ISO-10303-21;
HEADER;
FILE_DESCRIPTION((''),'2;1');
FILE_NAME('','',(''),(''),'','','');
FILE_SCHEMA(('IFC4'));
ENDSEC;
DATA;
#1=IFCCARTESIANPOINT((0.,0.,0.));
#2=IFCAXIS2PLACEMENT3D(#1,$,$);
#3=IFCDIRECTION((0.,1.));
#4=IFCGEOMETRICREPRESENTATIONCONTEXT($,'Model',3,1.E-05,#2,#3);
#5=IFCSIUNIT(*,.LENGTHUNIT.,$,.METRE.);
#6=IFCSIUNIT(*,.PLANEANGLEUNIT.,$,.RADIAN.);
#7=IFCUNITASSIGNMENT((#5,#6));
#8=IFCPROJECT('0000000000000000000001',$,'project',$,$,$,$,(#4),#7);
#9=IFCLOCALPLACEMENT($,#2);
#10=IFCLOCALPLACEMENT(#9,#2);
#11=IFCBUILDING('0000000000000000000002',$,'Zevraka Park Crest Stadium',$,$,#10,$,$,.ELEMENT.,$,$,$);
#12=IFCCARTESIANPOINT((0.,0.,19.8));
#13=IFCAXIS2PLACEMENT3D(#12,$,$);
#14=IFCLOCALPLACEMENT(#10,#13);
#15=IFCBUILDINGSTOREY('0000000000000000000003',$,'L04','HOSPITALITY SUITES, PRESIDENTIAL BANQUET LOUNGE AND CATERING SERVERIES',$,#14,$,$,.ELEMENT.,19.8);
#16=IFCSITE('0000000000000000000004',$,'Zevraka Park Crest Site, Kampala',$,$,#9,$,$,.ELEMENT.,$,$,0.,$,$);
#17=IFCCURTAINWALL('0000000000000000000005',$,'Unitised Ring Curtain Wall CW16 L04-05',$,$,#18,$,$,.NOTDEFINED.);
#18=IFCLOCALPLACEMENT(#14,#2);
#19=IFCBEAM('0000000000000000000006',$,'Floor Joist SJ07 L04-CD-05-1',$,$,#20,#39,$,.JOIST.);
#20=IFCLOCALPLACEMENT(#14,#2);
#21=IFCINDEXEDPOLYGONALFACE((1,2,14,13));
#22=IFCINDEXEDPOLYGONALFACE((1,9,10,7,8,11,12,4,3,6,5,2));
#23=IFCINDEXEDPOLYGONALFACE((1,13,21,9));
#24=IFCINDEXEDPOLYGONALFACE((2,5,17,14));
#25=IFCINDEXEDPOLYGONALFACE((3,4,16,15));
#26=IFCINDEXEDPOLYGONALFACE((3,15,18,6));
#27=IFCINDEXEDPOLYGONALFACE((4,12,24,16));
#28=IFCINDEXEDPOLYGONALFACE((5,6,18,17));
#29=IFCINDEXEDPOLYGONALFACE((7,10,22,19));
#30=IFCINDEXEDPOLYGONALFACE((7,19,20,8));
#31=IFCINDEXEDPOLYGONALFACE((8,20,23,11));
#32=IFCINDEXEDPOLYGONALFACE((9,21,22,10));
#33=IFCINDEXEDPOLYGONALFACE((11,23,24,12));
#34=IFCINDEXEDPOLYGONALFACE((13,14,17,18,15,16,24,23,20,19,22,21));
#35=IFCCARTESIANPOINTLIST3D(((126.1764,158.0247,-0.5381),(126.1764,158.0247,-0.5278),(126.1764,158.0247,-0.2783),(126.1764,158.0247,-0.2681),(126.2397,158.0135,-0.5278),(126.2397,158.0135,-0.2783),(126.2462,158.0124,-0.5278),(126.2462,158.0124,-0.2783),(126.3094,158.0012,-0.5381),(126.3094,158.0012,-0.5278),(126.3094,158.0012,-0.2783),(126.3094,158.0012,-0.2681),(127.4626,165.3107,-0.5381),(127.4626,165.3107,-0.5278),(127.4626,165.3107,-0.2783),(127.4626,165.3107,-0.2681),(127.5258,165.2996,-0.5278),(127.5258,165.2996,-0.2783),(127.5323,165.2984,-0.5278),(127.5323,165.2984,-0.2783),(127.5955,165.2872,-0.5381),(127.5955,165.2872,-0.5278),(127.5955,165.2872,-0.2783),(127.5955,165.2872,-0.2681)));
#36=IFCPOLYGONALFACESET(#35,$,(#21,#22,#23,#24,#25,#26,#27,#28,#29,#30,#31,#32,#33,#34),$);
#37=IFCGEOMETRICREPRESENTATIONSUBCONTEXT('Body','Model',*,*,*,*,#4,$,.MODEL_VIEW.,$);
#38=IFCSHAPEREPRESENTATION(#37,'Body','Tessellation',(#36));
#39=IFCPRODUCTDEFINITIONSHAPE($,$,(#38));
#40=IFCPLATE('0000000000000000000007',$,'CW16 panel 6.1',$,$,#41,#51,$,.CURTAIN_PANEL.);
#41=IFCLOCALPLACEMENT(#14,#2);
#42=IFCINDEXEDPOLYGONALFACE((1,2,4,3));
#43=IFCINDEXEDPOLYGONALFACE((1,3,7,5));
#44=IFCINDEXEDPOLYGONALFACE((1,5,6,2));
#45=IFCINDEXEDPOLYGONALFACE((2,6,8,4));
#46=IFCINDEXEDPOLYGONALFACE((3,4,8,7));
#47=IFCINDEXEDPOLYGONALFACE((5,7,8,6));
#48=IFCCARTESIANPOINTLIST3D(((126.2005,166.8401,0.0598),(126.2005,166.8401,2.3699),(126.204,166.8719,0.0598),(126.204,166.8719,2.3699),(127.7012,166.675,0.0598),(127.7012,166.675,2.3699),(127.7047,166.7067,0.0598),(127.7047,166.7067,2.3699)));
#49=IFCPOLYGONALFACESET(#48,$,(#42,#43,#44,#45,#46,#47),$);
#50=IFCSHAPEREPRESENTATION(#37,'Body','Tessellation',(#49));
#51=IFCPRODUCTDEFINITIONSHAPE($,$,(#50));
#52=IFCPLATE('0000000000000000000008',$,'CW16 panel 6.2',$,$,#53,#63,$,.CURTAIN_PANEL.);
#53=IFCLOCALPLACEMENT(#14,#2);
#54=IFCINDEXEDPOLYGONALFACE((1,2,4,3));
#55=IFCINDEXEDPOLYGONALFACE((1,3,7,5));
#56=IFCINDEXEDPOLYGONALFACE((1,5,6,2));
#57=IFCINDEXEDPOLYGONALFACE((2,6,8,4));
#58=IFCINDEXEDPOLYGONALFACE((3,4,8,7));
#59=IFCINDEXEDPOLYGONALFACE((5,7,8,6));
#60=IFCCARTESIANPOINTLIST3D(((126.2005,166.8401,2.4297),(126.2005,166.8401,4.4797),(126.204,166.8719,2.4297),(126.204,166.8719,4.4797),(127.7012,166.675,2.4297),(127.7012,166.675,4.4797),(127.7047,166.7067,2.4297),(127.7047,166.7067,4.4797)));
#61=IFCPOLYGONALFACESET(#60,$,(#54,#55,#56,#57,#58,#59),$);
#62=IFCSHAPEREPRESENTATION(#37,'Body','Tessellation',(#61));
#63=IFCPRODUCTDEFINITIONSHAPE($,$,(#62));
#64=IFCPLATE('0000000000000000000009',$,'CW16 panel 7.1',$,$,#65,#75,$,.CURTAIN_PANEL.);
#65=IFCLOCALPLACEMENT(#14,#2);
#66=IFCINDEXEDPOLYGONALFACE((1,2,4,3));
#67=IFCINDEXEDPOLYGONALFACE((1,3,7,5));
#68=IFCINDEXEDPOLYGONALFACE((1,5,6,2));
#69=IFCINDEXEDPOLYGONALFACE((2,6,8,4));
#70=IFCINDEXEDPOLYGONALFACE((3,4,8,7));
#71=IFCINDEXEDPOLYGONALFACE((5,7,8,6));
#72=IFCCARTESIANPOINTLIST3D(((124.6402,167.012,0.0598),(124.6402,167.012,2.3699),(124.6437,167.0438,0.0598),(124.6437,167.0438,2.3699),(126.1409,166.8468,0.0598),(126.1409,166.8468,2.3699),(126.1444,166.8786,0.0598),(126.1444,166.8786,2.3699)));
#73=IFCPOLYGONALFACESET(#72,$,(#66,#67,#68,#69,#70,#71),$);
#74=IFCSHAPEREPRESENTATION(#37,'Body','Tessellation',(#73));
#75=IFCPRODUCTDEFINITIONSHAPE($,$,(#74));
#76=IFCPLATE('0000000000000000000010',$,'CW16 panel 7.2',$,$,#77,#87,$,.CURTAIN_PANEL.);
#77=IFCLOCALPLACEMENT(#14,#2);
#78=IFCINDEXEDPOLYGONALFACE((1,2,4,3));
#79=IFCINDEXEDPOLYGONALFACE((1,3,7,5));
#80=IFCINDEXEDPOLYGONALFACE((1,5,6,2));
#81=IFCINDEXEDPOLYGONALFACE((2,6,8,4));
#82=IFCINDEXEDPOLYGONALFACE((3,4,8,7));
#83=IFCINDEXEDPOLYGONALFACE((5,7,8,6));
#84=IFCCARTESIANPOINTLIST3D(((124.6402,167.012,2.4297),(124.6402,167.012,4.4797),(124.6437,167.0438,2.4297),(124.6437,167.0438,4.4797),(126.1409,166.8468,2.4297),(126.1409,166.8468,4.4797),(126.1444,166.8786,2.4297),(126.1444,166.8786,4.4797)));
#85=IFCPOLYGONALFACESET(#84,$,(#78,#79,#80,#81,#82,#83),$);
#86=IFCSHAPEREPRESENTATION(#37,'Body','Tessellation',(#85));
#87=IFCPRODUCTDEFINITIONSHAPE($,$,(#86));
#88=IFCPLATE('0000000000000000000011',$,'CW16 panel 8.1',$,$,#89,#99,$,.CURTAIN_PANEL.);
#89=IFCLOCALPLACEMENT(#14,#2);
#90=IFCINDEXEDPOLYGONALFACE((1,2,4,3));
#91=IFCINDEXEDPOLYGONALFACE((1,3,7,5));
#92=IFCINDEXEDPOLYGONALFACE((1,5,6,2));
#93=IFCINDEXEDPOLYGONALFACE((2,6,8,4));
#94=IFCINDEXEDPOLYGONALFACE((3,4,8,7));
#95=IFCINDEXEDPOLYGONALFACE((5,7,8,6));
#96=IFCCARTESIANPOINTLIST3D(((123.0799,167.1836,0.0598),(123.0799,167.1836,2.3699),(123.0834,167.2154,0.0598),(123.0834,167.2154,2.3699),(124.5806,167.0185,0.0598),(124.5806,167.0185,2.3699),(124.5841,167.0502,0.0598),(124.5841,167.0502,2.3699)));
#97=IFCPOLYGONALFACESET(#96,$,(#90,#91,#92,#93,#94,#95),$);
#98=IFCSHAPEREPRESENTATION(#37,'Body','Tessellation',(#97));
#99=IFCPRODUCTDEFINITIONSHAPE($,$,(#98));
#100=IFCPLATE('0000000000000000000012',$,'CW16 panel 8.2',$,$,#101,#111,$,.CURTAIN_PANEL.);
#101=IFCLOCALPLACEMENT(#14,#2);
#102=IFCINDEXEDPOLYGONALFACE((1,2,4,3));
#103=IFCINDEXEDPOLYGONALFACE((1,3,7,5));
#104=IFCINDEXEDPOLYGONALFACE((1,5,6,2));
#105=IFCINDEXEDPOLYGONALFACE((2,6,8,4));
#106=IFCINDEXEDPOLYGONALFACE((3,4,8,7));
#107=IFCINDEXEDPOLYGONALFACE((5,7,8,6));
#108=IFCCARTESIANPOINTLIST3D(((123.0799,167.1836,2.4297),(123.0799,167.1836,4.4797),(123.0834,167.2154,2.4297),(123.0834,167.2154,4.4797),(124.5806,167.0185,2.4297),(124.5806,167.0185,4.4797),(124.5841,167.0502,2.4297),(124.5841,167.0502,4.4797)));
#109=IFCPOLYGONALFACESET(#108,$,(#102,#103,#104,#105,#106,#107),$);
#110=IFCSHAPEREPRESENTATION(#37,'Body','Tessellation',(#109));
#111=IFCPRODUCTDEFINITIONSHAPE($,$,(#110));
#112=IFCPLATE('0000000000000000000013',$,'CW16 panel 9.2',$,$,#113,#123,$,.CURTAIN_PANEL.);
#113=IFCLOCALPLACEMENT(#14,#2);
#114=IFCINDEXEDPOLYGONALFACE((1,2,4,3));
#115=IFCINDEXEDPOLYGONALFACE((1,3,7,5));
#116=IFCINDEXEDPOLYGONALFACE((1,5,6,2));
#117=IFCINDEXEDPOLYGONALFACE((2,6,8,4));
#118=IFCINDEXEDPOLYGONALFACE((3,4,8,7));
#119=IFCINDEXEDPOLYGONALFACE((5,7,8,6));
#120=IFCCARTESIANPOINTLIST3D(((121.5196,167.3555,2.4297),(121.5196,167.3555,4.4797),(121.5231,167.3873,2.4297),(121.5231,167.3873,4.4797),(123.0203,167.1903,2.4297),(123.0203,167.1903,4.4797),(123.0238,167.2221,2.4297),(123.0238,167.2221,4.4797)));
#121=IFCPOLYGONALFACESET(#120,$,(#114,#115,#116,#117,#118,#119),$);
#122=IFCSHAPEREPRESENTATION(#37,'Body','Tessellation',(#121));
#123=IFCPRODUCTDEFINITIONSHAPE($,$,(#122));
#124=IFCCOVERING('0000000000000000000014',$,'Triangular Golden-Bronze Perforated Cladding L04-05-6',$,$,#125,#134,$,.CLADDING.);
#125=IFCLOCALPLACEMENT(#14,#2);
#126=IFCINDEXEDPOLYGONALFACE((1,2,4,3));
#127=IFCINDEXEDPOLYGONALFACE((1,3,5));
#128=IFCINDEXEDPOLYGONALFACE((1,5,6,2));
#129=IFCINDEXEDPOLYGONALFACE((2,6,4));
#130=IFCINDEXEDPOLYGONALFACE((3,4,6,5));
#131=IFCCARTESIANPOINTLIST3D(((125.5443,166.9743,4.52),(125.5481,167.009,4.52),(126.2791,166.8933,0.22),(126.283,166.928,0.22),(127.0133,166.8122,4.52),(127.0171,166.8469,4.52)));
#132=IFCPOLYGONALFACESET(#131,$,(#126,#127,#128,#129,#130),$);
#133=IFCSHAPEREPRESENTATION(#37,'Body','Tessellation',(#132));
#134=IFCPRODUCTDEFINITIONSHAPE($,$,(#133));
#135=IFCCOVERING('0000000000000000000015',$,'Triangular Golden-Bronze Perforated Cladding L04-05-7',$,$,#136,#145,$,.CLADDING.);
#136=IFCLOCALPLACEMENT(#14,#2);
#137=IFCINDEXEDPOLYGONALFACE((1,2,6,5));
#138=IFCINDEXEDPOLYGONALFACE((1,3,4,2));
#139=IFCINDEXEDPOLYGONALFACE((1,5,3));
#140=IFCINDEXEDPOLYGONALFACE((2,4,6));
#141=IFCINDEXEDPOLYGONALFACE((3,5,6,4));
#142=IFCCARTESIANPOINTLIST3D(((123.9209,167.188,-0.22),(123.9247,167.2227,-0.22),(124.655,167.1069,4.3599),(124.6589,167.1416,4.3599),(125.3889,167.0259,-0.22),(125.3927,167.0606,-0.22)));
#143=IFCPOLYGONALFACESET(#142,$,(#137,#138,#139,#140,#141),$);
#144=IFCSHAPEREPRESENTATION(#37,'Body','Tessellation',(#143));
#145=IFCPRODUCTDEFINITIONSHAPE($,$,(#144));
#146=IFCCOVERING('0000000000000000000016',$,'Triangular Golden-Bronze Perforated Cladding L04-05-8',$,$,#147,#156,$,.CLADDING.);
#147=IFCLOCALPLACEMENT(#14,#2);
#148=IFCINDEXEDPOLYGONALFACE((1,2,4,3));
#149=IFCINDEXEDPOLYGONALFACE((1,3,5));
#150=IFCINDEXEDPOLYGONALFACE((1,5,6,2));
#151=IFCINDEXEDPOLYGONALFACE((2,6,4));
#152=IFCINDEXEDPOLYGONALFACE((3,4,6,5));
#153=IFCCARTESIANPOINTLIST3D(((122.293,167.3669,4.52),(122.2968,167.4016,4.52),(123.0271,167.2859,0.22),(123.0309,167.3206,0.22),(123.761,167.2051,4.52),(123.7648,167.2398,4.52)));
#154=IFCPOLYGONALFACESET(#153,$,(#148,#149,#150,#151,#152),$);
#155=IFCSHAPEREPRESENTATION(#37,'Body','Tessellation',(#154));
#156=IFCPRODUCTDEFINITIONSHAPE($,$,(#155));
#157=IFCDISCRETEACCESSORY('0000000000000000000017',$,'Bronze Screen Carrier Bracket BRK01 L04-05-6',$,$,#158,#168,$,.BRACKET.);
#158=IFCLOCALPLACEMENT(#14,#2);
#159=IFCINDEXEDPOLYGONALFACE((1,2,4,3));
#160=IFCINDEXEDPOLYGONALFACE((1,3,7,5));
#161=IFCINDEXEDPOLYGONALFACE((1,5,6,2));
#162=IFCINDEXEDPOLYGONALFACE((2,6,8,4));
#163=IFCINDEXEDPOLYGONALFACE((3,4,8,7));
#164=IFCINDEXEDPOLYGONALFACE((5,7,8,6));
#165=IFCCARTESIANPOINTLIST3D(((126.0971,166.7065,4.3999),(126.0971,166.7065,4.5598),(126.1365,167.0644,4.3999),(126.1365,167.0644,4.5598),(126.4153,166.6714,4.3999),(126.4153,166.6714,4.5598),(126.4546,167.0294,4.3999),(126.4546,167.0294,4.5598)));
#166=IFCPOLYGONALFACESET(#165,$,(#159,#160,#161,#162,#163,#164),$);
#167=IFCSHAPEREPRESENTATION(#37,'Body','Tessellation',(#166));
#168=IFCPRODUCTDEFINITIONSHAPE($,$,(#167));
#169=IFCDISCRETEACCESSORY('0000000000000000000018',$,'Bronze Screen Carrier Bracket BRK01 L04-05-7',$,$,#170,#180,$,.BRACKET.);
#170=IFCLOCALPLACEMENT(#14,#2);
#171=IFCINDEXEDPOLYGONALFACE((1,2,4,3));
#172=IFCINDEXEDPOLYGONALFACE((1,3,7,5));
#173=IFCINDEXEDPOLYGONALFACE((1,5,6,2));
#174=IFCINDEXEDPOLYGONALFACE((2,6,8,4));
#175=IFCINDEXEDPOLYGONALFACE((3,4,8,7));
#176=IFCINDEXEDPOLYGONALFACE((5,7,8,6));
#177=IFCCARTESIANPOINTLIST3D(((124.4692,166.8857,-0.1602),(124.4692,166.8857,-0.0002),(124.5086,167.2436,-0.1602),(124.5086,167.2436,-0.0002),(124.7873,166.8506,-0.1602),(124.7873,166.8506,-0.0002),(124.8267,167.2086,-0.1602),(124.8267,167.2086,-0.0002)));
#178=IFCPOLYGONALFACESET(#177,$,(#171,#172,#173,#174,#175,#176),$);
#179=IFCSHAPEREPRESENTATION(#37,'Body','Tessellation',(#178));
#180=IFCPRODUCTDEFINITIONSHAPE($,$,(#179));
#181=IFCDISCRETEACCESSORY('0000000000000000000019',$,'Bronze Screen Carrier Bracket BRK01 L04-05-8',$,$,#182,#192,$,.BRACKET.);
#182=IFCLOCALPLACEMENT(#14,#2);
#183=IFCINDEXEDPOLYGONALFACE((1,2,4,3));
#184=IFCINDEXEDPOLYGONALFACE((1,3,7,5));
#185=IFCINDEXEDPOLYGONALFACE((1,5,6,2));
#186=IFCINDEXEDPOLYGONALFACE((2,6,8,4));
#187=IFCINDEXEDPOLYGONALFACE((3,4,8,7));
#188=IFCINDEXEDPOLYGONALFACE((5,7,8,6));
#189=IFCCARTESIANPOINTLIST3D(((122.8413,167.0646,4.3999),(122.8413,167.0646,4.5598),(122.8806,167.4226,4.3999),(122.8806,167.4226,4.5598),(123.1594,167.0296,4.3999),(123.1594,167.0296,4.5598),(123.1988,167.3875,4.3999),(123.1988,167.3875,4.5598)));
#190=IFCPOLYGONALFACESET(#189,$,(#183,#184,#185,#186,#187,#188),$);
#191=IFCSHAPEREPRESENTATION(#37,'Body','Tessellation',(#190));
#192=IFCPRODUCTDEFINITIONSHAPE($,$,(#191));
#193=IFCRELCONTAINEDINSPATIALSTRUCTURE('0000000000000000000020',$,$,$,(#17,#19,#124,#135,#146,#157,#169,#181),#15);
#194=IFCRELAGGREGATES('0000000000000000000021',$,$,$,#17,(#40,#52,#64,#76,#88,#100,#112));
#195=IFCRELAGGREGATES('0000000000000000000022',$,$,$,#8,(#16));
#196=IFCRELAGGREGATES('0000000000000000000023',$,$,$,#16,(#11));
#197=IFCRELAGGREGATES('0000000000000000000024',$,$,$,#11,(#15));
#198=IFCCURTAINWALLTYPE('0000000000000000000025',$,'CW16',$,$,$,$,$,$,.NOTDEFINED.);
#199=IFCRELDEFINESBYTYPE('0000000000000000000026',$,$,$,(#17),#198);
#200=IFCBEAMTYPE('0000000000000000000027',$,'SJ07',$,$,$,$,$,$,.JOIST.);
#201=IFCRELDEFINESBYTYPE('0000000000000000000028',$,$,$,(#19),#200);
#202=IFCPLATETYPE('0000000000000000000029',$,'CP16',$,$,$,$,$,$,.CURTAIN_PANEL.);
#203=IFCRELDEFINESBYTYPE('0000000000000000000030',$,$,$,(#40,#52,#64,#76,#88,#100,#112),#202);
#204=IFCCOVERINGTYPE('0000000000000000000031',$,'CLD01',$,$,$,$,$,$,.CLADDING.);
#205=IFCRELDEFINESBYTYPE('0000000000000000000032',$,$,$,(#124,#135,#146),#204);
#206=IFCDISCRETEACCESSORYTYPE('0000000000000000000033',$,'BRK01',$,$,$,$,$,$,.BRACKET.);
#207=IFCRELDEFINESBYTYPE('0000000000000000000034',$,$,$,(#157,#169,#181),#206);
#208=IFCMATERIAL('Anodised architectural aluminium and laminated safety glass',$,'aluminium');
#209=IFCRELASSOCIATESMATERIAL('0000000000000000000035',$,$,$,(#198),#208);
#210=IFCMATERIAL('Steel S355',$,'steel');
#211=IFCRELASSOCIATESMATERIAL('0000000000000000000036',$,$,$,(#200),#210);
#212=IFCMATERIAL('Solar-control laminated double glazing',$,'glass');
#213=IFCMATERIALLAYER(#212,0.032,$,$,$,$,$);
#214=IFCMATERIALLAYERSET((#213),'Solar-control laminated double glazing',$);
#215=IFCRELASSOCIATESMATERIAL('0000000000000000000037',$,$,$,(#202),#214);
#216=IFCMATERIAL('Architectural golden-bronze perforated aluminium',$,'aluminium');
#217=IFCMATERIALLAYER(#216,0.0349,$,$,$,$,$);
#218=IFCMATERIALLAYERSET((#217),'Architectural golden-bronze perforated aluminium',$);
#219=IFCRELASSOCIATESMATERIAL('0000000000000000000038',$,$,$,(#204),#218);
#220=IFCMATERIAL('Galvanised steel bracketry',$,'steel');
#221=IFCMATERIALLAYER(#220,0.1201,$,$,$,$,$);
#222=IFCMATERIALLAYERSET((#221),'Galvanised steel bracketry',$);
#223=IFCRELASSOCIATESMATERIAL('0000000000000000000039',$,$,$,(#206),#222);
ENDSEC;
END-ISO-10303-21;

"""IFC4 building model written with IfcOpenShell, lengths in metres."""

from ifc_helpers import new_model, si_unit, direction, frame, origin, origin_2d, place, context, subcontext, project, spatial, polyline, rectangle, i_section, outline, extrude, material, layer, layer_set, material_profile, profile_set, type_object, element, aggregate, save


model = new_model("IFC4")

# Units and contexts
model_context = context("Model", 3, precision=1e-05, world=origin(), true_north=direction((0.0, 1.0)))
body_context = subcontext(model_context, "Body", "Model", "MODEL_VIEW")
ifc_project = project(units=[si_unit("LENGTHUNIT", "METRE"), si_unit("PLANEANGLEUNIT", "RADIAN")], contexts=[model_context])

# Site, building, storey
site_placement = place(None, origin())
site = spatial("IfcSite", under=ifc_project, at=site_placement, Name="Zevraka Park Crest Site, Kampala", CompositionType="ELEMENT", RefElevation=0.0)
building_placement = place(site_placement, origin())
building = spatial("IfcBuilding", under=site, at=building_placement, Name="Zevraka Park Crest Stadium", CompositionType="ELEMENT")
storey_placement = place(building_placement, frame((0.0, 0.0, 19.8)))
storey = spatial("IfcBuildingStorey", under=building, at=storey_placement, Name="L04", Description="HOSPITALITY SUITES, PRESIDENTIAL BANQUET LOUNGE AND CATERING SERVERIES", CompositionType="ELEMENT", Elevation=19.8)

# Curtain wall
ifc_material_1 = material(Name="Anodised architectural aluminium and laminated safety glass", Category="aluminium")
curtain_wall_type = type_object("IfcCurtainWallType", Name="CW16", PredefinedType="NOTDEFINED", material=ifc_material_1)
curtain_wall_placement = place(storey_placement, origin())
curtain_wall = element("IfcCurtainWall", 1, at=curtain_wall_placement, inside=storey, type_object=curtain_wall_type, Name="Unitised Ring Curtain Wall CW16 L04-05", PredefinedType="NOTDEFINED")

# Beam
ifc_material_2 = material(Name="Steel S355", Category="steel")
ifc_material_profile_1 = material_profile(ifc_material_2, i_section(OverallWidth=0.135, OverallDepth=0.27, WebThickness=0.0066, FlangeThickness=0.0103, at=origin_2d()), Name="IPE 270")
ifc_profile_set_1 = profile_set([ifc_material_profile_1], Name="Steel S355")
beam_type = type_object("IfcBeamType", Name="SJ07", PredefinedType="JOIST", material=ifc_profile_set_1)
beam_placement = place(storey_placement, frame((126.2429, 158.0129, -0.4031), z_axis=(0.173831, 0.984776, 0.0), x_axis=(-0.984776, 0.173831, 0.0)))
element("IfcBeam", 2, at=beam_placement, inside=storey, type_object=beam_type, Name="Floor Joist SJ07 L04-CD-05-1", PredefinedType="JOIST", context=body_context, shape_type="SweptSolid", body=[
    extrude(i_section(OverallWidth=0.135, OverallDepth=0.27, WebThickness=0.0066, FlangeThickness=0.0103, at=origin_2d()), origin(), (0.0, 0.0, 1.0), 7.3987),
])

# Plates
ifc_material_3 = material(Name="Solar-control laminated double glazing", Category="glass")
ifc_layer_1 = layer(ifc_material_3, 0.032)
ifc_layer_set_1 = layer_set([ifc_layer_1], Name="Solar-control laminated double glazing")
plate_type = type_object("IfcPlateType", Name="CP16", PredefinedType="CURTAIN_PANEL", material=ifc_layer_set_1)
plate_1_placement = place(storey_placement, frame((126.9526, 166.7734, 0.0598), z_axis=(0.0, 0.0, 1.0), x_axis=(-0.993997, 0.109406, 0.0)))
plate_1 = element("IfcPlate", 3, at=plate_1_placement, type_object=plate_type, Name="CW16 panel 6.1", PredefinedType="CURTAIN_PANEL", context=body_context, shape_type="SweptSolid", body=[
    extrude(rectangle(XDim=1.5098, YDim=0.032, at=origin_2d()), origin(), (0.0, 0.0, 1.0), 2.3101),
])
plate_2_placement = place(storey_placement, frame((126.9526, 166.7734, 2.4297), z_axis=(0.0, 0.0, 1.0), x_axis=(-0.993997, 0.109406, 0.0)))
plate_2 = element("IfcPlate", 4, at=plate_2_placement, type_object=plate_type, Name="CW16 panel 6.2", PredefinedType="CURTAIN_PANEL", context=body_context, shape_type="SweptSolid", body=[
    extrude(rectangle(XDim=1.5098, YDim=0.032, at=origin_2d()), origin(), (0.0, 0.0, 1.0), 2.05),
])
plate_3_placement = place(storey_placement, frame((125.3923, 166.9453, 0.0598), z_axis=(0.0, 0.0, 1.0), x_axis=(-0.993997, 0.109406, 0.0)))
plate_3 = element("IfcPlate", 5, at=plate_3_placement, type_object=plate_type, Name="CW16 panel 7.1", PredefinedType="CURTAIN_PANEL", context=body_context, shape_type="SweptSolid", body=[
    extrude(rectangle(XDim=1.5098, YDim=0.032, at=origin_2d()), origin(), (0.0, 0.0, 1.0), 2.3101),
])
plate_4_placement = place(storey_placement, frame((125.3923, 166.9453, 2.4297), z_axis=(0.0, 0.0, 1.0), x_axis=(-0.993997, 0.109406, 0.0)))
plate_4 = element("IfcPlate", 6, at=plate_4_placement, type_object=plate_type, Name="CW16 panel 7.2", PredefinedType="CURTAIN_PANEL", context=body_context, shape_type="SweptSolid", body=[
    extrude(rectangle(XDim=1.5098, YDim=0.032, at=origin_2d()), origin(), (0.0, 0.0, 1.0), 2.05),
])
plate_5_placement = place(storey_placement, frame((123.832, 167.1169, 0.0598), z_axis=(0.0, 0.0, 1.0), x_axis=(-0.993997, 0.109406, 0.0)))
plate_5 = element("IfcPlate", 7, at=plate_5_placement, type_object=plate_type, Name="CW16 panel 8.1", PredefinedType="CURTAIN_PANEL", context=body_context, shape_type="SweptSolid", body=[
    extrude(rectangle(XDim=1.5098, YDim=0.032, at=origin_2d()), origin(), (0.0, 0.0, 1.0), 2.3101),
])
plate_6_placement = place(storey_placement, frame((123.832, 167.1169, 2.4297), z_axis=(0.0, 0.0, 1.0), x_axis=(-0.993997, 0.109406, 0.0)))
plate_6 = element("IfcPlate", 8, at=plate_6_placement, type_object=plate_type, Name="CW16 panel 8.2", PredefinedType="CURTAIN_PANEL", context=body_context, shape_type="SweptSolid", body=[
    extrude(rectangle(XDim=1.5098, YDim=0.032, at=origin_2d()), origin(), (0.0, 0.0, 1.0), 2.05),
])
plate_7_placement = place(storey_placement, frame((122.2717, 167.2888, 2.4297), z_axis=(0.0, 0.0, 1.0), x_axis=(-0.993997, 0.109406, 0.0)))
plate_7 = element("IfcPlate", 9, at=plate_7_placement, type_object=plate_type, Name="CW16 panel 9.2", PredefinedType="CURTAIN_PANEL", context=body_context, shape_type="SweptSolid", body=[
    extrude(rectangle(XDim=1.5098, YDim=0.032, at=origin_2d()), origin(), (0.0, 0.0, 1.0), 2.05),
])
aggregate(curtain_wall, [plate_1, plate_2, plate_3, plate_4, plate_5, plate_6, plate_7])

# Coverings
ifc_material_4 = material(Name="Architectural golden-bronze perforated aluminium", Category="aluminium")
ifc_layer_2 = layer(ifc_material_4, 0.0349)
ifc_layer_set_2 = layer_set([ifc_layer_2], Name="Architectural golden-bronze perforated aluminium")
covering_type = type_object("IfcCoveringType", Name="CLD01", PredefinedType="CLADDING", material=ifc_layer_set_2)
covering_1_placement = place(storey_placement, frame((125.5481, 167.009, 4.52), z_axis=(0.109688, 0.993966, 0.000009), x_axis=(0.993966, -0.109688, 0.0)))
element("IfcCovering", 10, at=covering_1_placement, inside=storey, type_object=covering_type, Name="Triangular Golden-Bronze Perforated Cladding L04-05-6", PredefinedType="CLADDING", context=body_context, shape_type="SweptSolid", body=[
    extrude(outline(polyline([(0.0, 0.0), (1.4779, 0.0), (0.7393, 4.3), (0.0, 0.0)])), origin(), (0.0, 0.0, -1.0), 0.0349),
])
covering_2_placement = place(storey_placement, frame((125.3889, 167.0259, -0.22), z_axis=(-0.10976, -0.993958, 0.000003), x_axis=(-0.993958, 0.10976, 0.0)))
element("IfcCovering", 11, at=covering_2_placement, inside=storey, type_object=covering_type, Name="Triangular Golden-Bronze Perforated Cladding L04-05-7", PredefinedType="CLADDING", context=body_context, shape_type="SweptSolid", body=[
    extrude(outline(polyline([(0.0, 0.0), (1.4769, 0.0), (0.7383, -4.5798), (0.0, 0.0)])), origin(), (0.0, 0.0, -1.0), 0.0349),
])
covering_3_placement = place(storey_placement, frame((122.293, 167.3669, 4.52), z_axis=(-0.109597, -0.993976, 0.000025), x_axis=(0.993976, -0.109597, 0.0)))
element("IfcCovering", 12, at=covering_3_placement, inside=storey, type_object=covering_type, Name="Triangular Golden-Bronze Perforated Cladding L04-05-8", PredefinedType="CLADDING", context=body_context, shape_type="SweptSolid", body=[
    extrude(outline(polyline([(0.0, 0.0), (1.4769, 0.0), (0.7386, -4.3), (0.0, 0.0)])), origin(), (0.0, 0.0, -1.0), 0.0349),
])

# Discrete accessories
ifc_material_5 = material(Name="Galvanised steel bracketry", Category="steel")
ifc_layer_3 = layer(ifc_material_5, 0.1201)
ifc_layer_set_3 = layer_set([ifc_layer_3], Name="Galvanised steel bracketry")
discrete_accessory_type = type_object("IfcDiscreteAccessoryType", Name="BRK01", PredefinedType="BRACKET", material=ifc_layer_set_3)
for number, where, z_axis, x_axis, name in (
    (13, (126.2759, 166.8679, 4.3999), (0.0, 0.0, 1.0), (-0.993999, 0.109387, 0.0), "Bronze Screen Carrier Bracket BRK01 L04-05-6"),
    (14, (124.6479, 167.0471, -0.1602), (0.0, 0.0, 1.0), (-0.993999, 0.109387, 0.0), "Bronze Screen Carrier Bracket BRK01 L04-05-7"),
    (15, (123.02, 167.2261, 4.3999), (0.0, 0.0, 1.0), (-0.993999, 0.109387, 0.0), "Bronze Screen Carrier Bracket BRK01 L04-05-8"),
):
    element("IfcDiscreteAccessory", number, at=place(storey_placement, frame(where, z_axis=z_axis, x_axis=x_axis)), inside=storey, type_object=discrete_accessory_type, Name=name, PredefinedType="BRACKET", context=body_context, shape_type="SweptSolid", body=[
        extrude(rectangle(XDim=0.3201, YDim=0.3601, at=origin_2d()), origin(), (0.0, 0.0, 1.0), 0.1599),
    ])

save(model, "model.ifc")
